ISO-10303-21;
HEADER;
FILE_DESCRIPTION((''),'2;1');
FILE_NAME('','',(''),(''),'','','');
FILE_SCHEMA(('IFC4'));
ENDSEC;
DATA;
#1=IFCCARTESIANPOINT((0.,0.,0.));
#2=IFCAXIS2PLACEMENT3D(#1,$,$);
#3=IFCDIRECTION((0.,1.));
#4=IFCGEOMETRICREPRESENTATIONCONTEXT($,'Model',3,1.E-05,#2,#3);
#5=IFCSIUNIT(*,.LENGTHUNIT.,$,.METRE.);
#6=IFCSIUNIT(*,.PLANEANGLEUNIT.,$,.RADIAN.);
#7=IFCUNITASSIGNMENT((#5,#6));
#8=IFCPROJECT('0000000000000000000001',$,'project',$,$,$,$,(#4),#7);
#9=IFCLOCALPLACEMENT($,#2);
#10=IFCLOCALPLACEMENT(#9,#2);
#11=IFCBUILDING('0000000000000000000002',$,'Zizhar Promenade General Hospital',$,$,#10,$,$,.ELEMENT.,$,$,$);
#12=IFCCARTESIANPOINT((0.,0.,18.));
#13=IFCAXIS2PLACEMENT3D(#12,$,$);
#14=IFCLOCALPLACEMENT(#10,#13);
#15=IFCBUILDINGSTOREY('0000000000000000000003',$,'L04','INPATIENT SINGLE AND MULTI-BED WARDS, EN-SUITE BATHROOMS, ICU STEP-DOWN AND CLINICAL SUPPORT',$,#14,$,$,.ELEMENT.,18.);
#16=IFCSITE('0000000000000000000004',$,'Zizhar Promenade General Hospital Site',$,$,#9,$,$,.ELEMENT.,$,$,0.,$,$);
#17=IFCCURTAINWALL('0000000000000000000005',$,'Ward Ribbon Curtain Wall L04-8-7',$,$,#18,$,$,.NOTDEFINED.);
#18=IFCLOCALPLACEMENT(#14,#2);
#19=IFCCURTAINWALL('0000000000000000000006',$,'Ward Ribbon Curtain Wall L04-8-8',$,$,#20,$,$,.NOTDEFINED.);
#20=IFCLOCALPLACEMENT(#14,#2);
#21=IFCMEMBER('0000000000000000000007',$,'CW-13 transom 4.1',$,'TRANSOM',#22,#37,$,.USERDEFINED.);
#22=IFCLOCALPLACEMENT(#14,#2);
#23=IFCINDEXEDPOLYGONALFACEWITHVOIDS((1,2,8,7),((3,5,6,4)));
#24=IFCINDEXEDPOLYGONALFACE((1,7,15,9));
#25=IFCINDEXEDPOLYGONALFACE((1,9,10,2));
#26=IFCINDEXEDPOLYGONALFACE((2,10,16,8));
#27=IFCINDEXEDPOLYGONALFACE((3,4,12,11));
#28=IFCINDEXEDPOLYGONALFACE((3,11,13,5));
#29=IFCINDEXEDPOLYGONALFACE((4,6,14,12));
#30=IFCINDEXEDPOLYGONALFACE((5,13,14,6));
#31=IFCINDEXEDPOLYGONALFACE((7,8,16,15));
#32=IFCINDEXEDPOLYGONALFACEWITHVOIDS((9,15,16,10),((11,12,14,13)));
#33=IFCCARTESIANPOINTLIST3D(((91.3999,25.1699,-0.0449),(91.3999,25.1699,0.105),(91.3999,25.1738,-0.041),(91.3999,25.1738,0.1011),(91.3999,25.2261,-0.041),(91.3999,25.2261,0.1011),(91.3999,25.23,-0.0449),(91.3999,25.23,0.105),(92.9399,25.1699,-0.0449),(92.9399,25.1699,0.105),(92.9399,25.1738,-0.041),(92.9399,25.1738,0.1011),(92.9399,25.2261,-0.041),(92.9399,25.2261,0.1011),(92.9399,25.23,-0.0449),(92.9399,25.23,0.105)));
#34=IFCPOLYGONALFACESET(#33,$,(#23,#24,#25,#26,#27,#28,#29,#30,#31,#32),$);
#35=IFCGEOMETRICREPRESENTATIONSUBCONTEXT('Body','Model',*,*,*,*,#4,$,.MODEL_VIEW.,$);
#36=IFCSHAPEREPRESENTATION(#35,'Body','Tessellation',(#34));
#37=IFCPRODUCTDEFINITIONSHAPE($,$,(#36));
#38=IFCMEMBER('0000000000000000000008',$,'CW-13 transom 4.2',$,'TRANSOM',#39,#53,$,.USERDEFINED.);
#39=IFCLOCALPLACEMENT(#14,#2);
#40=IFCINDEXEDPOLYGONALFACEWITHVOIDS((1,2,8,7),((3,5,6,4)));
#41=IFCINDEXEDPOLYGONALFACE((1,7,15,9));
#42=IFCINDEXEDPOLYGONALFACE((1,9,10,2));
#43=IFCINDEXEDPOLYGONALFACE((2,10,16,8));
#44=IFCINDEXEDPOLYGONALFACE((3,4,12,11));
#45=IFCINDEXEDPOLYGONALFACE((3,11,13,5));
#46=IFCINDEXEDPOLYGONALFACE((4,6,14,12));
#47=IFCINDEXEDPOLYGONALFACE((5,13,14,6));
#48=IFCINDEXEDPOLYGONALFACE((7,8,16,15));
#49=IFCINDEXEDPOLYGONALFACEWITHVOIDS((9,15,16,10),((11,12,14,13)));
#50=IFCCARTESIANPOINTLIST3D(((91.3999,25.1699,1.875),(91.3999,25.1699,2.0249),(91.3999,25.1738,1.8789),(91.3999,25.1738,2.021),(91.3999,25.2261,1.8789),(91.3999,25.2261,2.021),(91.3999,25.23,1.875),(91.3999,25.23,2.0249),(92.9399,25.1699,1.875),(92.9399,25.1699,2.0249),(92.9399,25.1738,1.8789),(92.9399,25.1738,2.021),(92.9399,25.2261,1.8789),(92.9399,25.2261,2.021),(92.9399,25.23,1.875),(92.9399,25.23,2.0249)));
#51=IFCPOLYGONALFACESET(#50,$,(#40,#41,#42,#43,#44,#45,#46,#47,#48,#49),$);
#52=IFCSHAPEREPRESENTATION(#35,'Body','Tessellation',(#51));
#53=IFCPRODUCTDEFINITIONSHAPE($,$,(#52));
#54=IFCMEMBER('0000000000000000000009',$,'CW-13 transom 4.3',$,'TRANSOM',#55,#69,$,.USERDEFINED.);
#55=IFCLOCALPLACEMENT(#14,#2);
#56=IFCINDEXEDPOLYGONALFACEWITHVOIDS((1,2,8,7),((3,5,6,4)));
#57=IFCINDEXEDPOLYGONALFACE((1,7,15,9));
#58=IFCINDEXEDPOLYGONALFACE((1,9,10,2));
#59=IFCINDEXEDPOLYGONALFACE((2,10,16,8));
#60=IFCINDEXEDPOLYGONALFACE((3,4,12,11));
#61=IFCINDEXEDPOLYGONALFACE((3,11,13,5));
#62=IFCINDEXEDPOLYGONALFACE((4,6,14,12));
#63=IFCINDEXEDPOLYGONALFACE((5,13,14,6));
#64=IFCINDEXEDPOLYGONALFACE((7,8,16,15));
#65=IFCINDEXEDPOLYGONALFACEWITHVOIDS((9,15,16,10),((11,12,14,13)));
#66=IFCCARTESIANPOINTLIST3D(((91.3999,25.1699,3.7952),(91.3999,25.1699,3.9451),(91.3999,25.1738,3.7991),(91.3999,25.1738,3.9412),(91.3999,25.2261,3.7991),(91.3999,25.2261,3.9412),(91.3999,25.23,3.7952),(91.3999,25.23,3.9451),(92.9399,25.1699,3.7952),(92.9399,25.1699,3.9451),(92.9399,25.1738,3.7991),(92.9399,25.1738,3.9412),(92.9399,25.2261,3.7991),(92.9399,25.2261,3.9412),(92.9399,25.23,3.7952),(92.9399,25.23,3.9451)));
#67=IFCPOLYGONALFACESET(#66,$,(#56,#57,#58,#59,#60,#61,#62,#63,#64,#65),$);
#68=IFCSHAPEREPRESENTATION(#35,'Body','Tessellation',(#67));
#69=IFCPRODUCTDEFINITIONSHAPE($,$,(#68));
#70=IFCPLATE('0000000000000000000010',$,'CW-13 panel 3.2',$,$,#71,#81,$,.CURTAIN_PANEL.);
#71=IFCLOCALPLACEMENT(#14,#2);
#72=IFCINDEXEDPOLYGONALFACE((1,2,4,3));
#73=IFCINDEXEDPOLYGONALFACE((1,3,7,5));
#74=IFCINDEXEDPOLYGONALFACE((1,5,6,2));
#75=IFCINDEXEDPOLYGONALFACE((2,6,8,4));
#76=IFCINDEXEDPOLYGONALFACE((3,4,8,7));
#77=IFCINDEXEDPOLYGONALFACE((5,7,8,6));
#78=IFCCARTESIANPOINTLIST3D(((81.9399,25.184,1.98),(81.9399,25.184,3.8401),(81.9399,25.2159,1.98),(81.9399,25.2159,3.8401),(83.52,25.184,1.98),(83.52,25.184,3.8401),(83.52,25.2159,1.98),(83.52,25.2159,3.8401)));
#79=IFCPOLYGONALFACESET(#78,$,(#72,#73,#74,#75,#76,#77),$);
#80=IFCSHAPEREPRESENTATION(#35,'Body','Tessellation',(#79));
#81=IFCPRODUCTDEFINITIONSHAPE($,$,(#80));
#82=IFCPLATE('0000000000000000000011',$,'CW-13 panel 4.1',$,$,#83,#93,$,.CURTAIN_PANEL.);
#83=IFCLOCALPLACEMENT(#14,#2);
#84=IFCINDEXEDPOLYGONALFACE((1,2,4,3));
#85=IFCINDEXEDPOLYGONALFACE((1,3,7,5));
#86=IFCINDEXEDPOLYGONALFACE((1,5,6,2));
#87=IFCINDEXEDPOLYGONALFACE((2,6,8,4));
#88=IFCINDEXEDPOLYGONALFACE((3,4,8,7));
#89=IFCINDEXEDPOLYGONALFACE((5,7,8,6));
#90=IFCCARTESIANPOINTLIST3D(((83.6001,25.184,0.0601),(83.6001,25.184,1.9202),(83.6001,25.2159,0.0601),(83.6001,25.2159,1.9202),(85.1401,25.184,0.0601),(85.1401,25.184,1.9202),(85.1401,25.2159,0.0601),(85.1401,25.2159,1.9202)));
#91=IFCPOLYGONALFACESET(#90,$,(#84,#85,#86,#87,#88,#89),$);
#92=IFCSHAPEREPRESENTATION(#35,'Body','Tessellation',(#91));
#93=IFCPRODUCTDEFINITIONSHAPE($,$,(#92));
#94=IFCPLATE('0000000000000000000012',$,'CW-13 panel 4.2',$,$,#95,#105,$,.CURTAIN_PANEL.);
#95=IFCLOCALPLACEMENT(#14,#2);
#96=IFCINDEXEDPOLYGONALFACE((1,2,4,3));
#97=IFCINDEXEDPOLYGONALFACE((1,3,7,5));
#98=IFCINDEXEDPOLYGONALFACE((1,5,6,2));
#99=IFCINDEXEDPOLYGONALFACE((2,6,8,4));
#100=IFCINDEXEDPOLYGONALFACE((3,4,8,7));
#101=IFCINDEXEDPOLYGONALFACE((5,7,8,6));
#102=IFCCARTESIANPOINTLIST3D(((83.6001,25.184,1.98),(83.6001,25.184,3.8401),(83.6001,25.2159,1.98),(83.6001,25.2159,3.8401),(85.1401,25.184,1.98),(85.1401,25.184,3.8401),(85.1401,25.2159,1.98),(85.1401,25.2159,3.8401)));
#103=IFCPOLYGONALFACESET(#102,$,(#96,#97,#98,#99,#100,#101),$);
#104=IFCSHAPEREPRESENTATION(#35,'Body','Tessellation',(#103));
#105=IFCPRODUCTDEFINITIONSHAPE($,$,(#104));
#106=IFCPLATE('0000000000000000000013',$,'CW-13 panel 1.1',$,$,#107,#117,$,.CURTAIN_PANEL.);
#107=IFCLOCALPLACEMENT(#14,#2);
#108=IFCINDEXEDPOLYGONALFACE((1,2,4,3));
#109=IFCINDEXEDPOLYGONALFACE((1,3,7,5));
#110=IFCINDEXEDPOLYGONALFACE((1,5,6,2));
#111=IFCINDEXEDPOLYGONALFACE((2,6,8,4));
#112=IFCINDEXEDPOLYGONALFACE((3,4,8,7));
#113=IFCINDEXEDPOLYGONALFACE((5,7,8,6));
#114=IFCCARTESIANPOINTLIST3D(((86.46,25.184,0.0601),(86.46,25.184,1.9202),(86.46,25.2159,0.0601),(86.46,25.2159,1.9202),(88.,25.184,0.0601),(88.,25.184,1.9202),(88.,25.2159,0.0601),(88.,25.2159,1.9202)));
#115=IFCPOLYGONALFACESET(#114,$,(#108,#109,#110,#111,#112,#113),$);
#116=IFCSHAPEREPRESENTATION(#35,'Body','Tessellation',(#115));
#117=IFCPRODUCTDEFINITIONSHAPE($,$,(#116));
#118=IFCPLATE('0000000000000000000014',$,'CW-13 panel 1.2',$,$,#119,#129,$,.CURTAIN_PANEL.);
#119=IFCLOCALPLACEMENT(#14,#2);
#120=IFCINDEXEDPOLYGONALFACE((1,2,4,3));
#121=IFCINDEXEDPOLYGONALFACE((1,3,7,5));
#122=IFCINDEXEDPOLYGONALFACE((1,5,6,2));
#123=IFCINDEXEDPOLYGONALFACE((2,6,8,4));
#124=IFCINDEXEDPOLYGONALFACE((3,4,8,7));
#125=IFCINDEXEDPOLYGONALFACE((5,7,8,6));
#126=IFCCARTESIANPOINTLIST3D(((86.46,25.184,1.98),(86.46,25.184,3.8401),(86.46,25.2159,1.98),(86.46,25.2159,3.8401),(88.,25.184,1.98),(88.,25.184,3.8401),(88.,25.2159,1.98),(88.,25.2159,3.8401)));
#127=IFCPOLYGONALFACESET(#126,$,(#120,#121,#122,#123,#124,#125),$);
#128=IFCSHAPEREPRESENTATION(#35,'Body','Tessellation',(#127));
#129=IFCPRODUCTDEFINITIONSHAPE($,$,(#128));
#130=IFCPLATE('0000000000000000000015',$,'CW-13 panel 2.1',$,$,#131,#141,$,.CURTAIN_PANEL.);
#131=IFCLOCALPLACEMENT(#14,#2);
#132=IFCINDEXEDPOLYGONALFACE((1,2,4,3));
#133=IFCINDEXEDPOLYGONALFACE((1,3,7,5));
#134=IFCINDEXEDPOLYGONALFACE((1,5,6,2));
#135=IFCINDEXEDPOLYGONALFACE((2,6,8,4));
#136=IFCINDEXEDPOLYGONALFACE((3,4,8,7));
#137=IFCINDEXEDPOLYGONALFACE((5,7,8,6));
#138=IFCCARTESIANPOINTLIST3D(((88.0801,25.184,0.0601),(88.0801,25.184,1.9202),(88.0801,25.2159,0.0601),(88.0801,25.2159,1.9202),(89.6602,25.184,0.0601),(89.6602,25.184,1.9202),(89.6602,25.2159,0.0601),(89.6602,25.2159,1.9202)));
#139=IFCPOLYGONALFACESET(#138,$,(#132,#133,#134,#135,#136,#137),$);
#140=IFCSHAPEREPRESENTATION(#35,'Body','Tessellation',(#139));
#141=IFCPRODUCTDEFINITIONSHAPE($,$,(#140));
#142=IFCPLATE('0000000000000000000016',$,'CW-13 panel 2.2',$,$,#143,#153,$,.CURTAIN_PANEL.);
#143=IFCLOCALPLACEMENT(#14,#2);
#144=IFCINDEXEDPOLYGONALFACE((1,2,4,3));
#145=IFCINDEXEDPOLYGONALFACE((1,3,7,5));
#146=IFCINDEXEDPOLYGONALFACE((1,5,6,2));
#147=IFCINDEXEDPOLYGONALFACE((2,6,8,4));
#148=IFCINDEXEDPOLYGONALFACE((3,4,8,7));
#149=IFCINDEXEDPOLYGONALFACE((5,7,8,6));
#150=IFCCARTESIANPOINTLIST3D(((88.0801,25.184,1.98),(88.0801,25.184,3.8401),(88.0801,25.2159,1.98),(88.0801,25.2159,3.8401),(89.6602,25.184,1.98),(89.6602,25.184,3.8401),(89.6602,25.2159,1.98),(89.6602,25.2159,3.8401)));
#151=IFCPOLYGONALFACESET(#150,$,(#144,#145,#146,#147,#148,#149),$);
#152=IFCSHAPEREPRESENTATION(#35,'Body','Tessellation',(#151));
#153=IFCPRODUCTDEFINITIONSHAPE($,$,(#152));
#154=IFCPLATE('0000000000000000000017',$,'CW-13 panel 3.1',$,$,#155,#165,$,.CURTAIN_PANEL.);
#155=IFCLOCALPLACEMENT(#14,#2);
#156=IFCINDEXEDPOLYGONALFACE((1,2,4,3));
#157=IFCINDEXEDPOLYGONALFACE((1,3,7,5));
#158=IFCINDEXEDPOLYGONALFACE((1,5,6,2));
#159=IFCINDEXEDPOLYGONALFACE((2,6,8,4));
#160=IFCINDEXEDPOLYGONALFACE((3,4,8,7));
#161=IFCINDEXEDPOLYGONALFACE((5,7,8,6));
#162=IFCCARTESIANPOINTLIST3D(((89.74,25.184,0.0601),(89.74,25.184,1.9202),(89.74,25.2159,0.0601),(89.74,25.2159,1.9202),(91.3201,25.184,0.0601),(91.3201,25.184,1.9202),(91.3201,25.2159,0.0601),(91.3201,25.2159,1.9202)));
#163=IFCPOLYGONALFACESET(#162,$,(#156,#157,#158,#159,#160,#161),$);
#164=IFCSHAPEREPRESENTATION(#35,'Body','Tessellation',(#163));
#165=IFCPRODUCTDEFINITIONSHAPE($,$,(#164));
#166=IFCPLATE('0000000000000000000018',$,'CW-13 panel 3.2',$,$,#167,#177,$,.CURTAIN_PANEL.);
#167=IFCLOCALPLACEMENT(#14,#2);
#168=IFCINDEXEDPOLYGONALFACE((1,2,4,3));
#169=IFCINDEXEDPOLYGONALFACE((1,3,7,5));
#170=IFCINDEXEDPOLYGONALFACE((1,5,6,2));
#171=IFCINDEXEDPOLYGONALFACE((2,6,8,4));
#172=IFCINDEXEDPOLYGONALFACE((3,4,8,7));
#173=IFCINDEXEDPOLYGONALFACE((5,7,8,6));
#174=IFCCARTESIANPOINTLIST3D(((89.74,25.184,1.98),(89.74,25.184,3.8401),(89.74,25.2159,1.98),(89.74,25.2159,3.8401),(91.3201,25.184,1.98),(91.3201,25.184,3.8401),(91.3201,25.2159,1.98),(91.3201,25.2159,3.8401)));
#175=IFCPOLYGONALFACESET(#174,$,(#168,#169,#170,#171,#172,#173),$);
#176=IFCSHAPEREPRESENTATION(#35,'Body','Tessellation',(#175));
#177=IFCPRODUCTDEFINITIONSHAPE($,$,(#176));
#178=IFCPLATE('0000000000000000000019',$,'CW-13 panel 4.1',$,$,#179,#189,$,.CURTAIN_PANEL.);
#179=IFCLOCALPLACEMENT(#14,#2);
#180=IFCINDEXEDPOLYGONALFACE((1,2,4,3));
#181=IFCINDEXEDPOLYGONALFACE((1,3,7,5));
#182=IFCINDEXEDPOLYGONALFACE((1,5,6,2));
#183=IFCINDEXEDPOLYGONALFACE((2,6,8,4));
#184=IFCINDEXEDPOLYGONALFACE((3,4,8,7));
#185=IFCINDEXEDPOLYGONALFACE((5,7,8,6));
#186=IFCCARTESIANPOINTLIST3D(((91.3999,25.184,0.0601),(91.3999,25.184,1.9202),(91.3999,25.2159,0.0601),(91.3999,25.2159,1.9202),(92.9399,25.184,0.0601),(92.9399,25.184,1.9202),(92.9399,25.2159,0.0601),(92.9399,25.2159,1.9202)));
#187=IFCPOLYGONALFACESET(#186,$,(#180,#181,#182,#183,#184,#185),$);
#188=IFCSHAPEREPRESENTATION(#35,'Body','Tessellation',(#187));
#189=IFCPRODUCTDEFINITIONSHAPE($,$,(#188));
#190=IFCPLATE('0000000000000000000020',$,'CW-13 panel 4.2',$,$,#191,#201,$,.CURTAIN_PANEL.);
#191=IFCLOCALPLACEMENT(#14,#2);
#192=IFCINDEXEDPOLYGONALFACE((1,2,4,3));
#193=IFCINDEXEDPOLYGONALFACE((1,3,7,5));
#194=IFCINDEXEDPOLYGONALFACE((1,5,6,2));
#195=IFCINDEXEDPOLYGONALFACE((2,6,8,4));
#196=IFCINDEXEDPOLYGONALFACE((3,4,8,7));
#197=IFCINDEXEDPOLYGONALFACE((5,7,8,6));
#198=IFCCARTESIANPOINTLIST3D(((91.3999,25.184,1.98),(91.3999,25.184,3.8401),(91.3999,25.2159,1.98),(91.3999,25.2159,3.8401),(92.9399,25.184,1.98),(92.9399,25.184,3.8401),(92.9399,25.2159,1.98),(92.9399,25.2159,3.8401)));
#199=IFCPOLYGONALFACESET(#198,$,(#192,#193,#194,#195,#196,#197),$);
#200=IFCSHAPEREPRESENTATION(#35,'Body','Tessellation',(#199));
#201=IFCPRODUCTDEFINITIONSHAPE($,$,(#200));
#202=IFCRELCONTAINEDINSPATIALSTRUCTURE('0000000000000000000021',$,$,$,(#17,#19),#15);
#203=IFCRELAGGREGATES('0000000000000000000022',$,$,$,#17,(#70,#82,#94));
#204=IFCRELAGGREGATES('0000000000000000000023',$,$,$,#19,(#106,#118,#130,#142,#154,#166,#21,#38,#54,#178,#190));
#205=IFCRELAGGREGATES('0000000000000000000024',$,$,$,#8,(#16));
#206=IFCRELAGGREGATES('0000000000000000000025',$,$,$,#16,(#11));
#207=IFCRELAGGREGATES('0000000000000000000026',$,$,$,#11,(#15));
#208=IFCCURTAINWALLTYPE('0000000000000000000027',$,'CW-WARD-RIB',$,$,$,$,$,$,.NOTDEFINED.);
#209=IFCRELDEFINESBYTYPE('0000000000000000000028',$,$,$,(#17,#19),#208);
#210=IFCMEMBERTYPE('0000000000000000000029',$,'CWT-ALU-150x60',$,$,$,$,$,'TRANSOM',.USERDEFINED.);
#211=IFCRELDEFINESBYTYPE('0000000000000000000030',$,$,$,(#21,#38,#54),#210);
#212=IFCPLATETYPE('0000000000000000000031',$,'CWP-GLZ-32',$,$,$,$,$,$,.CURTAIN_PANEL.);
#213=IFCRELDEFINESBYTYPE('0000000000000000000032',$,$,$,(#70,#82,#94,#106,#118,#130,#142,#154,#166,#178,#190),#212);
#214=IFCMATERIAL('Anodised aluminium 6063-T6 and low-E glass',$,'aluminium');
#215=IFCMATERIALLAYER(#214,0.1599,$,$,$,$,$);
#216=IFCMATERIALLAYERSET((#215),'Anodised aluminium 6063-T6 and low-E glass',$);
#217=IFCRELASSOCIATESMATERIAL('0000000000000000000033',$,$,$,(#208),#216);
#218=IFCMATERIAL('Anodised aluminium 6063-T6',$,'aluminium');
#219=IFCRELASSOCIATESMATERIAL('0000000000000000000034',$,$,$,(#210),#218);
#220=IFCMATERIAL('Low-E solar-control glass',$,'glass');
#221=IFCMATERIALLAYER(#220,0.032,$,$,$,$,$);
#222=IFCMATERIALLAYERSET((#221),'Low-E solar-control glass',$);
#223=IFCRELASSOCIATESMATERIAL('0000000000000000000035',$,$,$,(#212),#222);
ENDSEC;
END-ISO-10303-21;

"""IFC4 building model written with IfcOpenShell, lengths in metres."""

from ifc_helpers import new_model, si_unit, direction, frame, origin, origin_2d, place, context, subcontext, project, spatial, rectangle, hollow_rectangle, extrude, material, layer, layer_set, material_profile, profile_set, type_object, element, aggregate, save


model = new_model("IFC4")

# Units and contexts
model_context = context("Model", 3, precision=1e-05, world=origin(), true_north=direction((0.0, 1.0)))
body_context = subcontext(model_context, "Body", "Model", "MODEL_VIEW")
ifc_project = project(units=[si_unit("LENGTHUNIT", "METRE"), si_unit("PLANEANGLEUNIT", "RADIAN")], contexts=[model_context])

# Site, building, storey
site_placement = place(None, origin())
site = spatial("IfcSite", under=ifc_project, at=site_placement, Name="Zizhar Promenade General Hospital Site", CompositionType="ELEMENT", RefElevation=0.0)
building_placement = place(site_placement, origin())
building = spatial("IfcBuilding", under=site, at=building_placement, Name="Zizhar Promenade General Hospital", CompositionType="ELEMENT")
storey_placement = place(building_placement, frame((0.0, 0.0, 18.0)))
storey = spatial("IfcBuildingStorey", under=building, at=storey_placement, Name="L04", Description="INPATIENT SINGLE AND MULTI-BED WARDS, EN-SUITE BATHROOMS, ICU STEP-DOWN AND CLINICAL SUPPORT", CompositionType="ELEMENT", Elevation=18.0)

# Curtain walls
ifc_material_1 = material(Name="Anodised aluminium 6063-T6 and low-E glass", Category="aluminium")
ifc_layer_1 = layer(ifc_material_1, 0.1599)
ifc_layer_set_1 = layer_set([ifc_layer_1], Name="Anodised aluminium 6063-T6 and low-E glass")
curtain_wall_type = type_object("IfcCurtainWallType", Name="CW-WARD-RIB", PredefinedType="NOTDEFINED", material=ifc_layer_set_1)
curtain_wall_1_placement = place(storey_placement, origin())
curtain_wall_1 = element("IfcCurtainWall", 1, at=curtain_wall_1_placement, inside=storey, type_object=curtain_wall_type, Name="Ward Ribbon Curtain Wall L04-8-7", PredefinedType="NOTDEFINED")
curtain_wall_2_placement = place(storey_placement, origin())
curtain_wall_2 = element("IfcCurtainWall", 2, at=curtain_wall_2_placement, inside=storey, type_object=curtain_wall_type, Name="Ward Ribbon Curtain Wall L04-8-8", PredefinedType="NOTDEFINED")

# Members
ifc_material_2 = material(Name="Anodised aluminium 6063-T6", Category="aluminium")
ifc_material_profile_1 = material_profile(ifc_material_2, hollow_rectangle(XDim=0.0601, YDim=0.1499, WallThickness=0.0039, at=origin_2d()))
ifc_profile_set_1 = profile_set([ifc_material_profile_1], Name="Anodised aluminium 6063-T6")
member_type_1 = type_object("IfcMemberType", Name="CWT-ALU-150x60", ElementType="TRANSOM", PredefinedType="USERDEFINED", material=ifc_profile_set_1)
member_1_placement = place(storey_placement, frame((91.3999, 25.2, 0.03), z_axis=(1.0, 0.0, 0.0), x_axis=(0.0, 1.0, 0.0)))
member_1 = element("IfcMember", 3, at=member_1_placement, type_object=member_type_1, Name="CW-13 transom 4.1", ObjectType="TRANSOM", PredefinedType="USERDEFINED", context=body_context, shape_type="SweptSolid", body=[
    extrude(hollow_rectangle(XDim=0.0601, YDim=0.1499, WallThickness=0.0039, at=origin_2d()), origin(), (0.0, 0.0, 1.0), 1.54),
])
member_2_placement = place(storey_placement, frame((91.3999, 25.2, 1.95), z_axis=(1.0, 0.0, 0.0), x_axis=(0.0, 1.0, 0.0)))
member_2 = element("IfcMember", 4, at=member_2_placement, type_object=member_type_1, Name="CW-13 transom 4.2", ObjectType="TRANSOM", PredefinedType="USERDEFINED", context=body_context, shape_type="SweptSolid", body=[
    extrude(hollow_rectangle(XDim=0.0601, YDim=0.1499, WallThickness=0.0039, at=origin_2d()), origin(), (0.0, 0.0, 1.0), 1.54),
])
member_3_placement = place(storey_placement, frame((91.3999, 25.2, 3.8701), z_axis=(1.0, 0.0, 0.0), x_axis=(0.0, 1.0, 0.0)))
member_3 = element("IfcMember", 5, at=member_3_placement, type_object=member_type_1, Name="CW-13 transom 4.3", ObjectType="TRANSOM", PredefinedType="USERDEFINED", context=body_context, shape_type="SweptSolid", body=[
    extrude(hollow_rectangle(XDim=0.0601, YDim=0.1499, WallThickness=0.0039, at=origin_2d()), origin(), (0.0, 0.0, 1.0), 1.54),
])

# Plates
ifc_material_3 = material(Name="Low-E solar-control glass", Category="glass")
ifc_layer_2 = layer(ifc_material_3, 0.032)
ifc_layer_set_2 = layer_set([ifc_layer_2], Name="Low-E solar-control glass")
plate_type = type_object("IfcPlateType", Name="CWP-GLZ-32", PredefinedType="CURTAIN_PANEL", material=ifc_layer_set_2)
plate_1_placement = place(storey_placement, frame((82.73, 25.2, 1.98), z_axis=(0.0, 0.0, 1.0), x_axis=(1.0, 0.0, 0.0)))
plate_1 = element("IfcPlate", 6, at=plate_1_placement, type_object=plate_type, Name="CW-13 panel 3.2", PredefinedType="CURTAIN_PANEL", context=body_context, shape_type="SweptSolid", body=[
    extrude(rectangle(XDim=1.5801, YDim=0.032, at=origin_2d()), origin(), (0.0, 0.0, 1.0), 1.8601),
])
plate_2_placement = place(storey_placement, frame((84.3701, 25.2, 0.0601), z_axis=(0.0, 0.0, 1.0), x_axis=(1.0, 0.0, 0.0)))
plate_2 = element("IfcPlate", 7, at=plate_2_placement, type_object=plate_type, Name="CW-13 panel 4.1", PredefinedType="CURTAIN_PANEL", context=body_context, shape_type="SweptSolid", body=[
    extrude(rectangle(XDim=1.54, YDim=0.032, at=origin_2d()), origin(), (0.0, 0.0, 1.0), 1.8601),
])
plate_3_placement = place(storey_placement, frame((84.3701, 25.2, 1.98), z_axis=(0.0, 0.0, 1.0), x_axis=(1.0, 0.0, 0.0)))
plate_3 = element("IfcPlate", 8, at=plate_3_placement, type_object=plate_type, Name="CW-13 panel 4.2", PredefinedType="CURTAIN_PANEL", context=body_context, shape_type="SweptSolid", body=[
    extrude(rectangle(XDim=1.54, YDim=0.032, at=origin_2d()), origin(), (0.0, 0.0, 1.0), 1.8601),
])
aggregate(curtain_wall_1, [plate_1, plate_2, plate_3])
plate_4_placement = place(storey_placement, frame((87.23, 25.2, 0.0601), z_axis=(0.0, 0.0, 1.0), x_axis=(1.0, 0.0, 0.0)))
plate_4 = element("IfcPlate", 9, at=plate_4_placement, type_object=plate_type, Name="CW-13 panel 1.1", PredefinedType="CURTAIN_PANEL", context=body_context, shape_type="SweptSolid", body=[
    extrude(rectangle(XDim=1.54, YDim=0.032, at=origin_2d()), origin(), (0.0, 0.0, 1.0), 1.8601),
])
plate_5_placement = place(storey_placement, frame((87.23, 25.2, 1.98), z_axis=(0.0, 0.0, 1.0), x_axis=(1.0, 0.0, 0.0)))
plate_5 = element("IfcPlate", 10, at=plate_5_placement, type_object=plate_type, Name="CW-13 panel 1.2", PredefinedType="CURTAIN_PANEL", context=body_context, shape_type="SweptSolid", body=[
    extrude(rectangle(XDim=1.54, YDim=0.032, at=origin_2d()), origin(), (0.0, 0.0, 1.0), 1.8601),
])
plate_6_placement = place(storey_placement, frame((88.8701, 25.2, 0.0601), z_axis=(0.0, 0.0, 1.0), x_axis=(1.0, 0.0, 0.0)))
plate_6 = element("IfcPlate", 11, at=plate_6_placement, type_object=plate_type, Name="CW-13 panel 2.1", PredefinedType="CURTAIN_PANEL", context=body_context, shape_type="SweptSolid", body=[
    extrude(rectangle(XDim=1.5801, YDim=0.032, at=origin_2d()), origin(), (0.0, 0.0, 1.0), 1.8601),
])
plate_7_placement = place(storey_placement, frame((88.8701, 25.2, 1.98), z_axis=(0.0, 0.0, 1.0), x_axis=(1.0, 0.0, 0.0)))
plate_7 = element("IfcPlate", 12, at=plate_7_placement, type_object=plate_type, Name="CW-13 panel 2.2", PredefinedType="CURTAIN_PANEL", context=body_context, shape_type="SweptSolid", body=[
    extrude(rectangle(XDim=1.5801, YDim=0.032, at=origin_2d()), origin(), (0.0, 0.0, 1.0), 1.8601),
])
plate_8_placement = place(storey_placement, frame((90.53, 25.2, 0.0601), z_axis=(0.0, 0.0, 1.0), x_axis=(1.0, 0.0, 0.0)))
plate_8 = element("IfcPlate", 13, at=plate_8_placement, type_object=plate_type, Name="CW-13 panel 3.1", PredefinedType="CURTAIN_PANEL", context=body_context, shape_type="SweptSolid", body=[
    extrude(rectangle(XDim=1.5801, YDim=0.032, at=origin_2d()), origin(), (0.0, 0.0, 1.0), 1.8601),
])
plate_9_placement = place(storey_placement, frame((90.53, 25.2, 1.98), z_axis=(0.0, 0.0, 1.0), x_axis=(1.0, 0.0, 0.0)))
plate_9 = element("IfcPlate", 14, at=plate_9_placement, type_object=plate_type, Name="CW-13 panel 3.2", PredefinedType="CURTAIN_PANEL", context=body_context, shape_type="SweptSolid", body=[
    extrude(rectangle(XDim=1.5801, YDim=0.032, at=origin_2d()), origin(), (0.0, 0.0, 1.0), 1.8601),
])
plate_10_placement = place(storey_placement, frame((92.1699, 25.2, 0.0601), z_axis=(0.0, 0.0, 1.0), x_axis=(1.0, 0.0, 0.0)))
plate_10 = element("IfcPlate", 15, at=plate_10_placement, type_object=plate_type, Name="CW-13 panel 4.1", PredefinedType="CURTAIN_PANEL", context=body_context, shape_type="SweptSolid", body=[
    extrude(rectangle(XDim=1.54, YDim=0.032, at=origin_2d()), origin(), (0.0, 0.0, 1.0), 1.8601),
])
plate_11_placement = place(storey_placement, frame((92.1699, 25.2, 1.98), z_axis=(0.0, 0.0, 1.0), x_axis=(1.0, 0.0, 0.0)))
plate_11 = element("IfcPlate", 16, at=plate_11_placement, type_object=plate_type, Name="CW-13 panel 4.2", PredefinedType="CURTAIN_PANEL", context=body_context, shape_type="SweptSolid", body=[
    extrude(rectangle(XDim=1.54, YDim=0.032, at=origin_2d()), origin(), (0.0, 0.0, 1.0), 1.8601),
])
aggregate(curtain_wall_2, [plate_4, plate_5, plate_6, plate_7, plate_8, plate_9, member_1, member_2, member_3, plate_10, plate_11])

save(model, "model.ifc")
